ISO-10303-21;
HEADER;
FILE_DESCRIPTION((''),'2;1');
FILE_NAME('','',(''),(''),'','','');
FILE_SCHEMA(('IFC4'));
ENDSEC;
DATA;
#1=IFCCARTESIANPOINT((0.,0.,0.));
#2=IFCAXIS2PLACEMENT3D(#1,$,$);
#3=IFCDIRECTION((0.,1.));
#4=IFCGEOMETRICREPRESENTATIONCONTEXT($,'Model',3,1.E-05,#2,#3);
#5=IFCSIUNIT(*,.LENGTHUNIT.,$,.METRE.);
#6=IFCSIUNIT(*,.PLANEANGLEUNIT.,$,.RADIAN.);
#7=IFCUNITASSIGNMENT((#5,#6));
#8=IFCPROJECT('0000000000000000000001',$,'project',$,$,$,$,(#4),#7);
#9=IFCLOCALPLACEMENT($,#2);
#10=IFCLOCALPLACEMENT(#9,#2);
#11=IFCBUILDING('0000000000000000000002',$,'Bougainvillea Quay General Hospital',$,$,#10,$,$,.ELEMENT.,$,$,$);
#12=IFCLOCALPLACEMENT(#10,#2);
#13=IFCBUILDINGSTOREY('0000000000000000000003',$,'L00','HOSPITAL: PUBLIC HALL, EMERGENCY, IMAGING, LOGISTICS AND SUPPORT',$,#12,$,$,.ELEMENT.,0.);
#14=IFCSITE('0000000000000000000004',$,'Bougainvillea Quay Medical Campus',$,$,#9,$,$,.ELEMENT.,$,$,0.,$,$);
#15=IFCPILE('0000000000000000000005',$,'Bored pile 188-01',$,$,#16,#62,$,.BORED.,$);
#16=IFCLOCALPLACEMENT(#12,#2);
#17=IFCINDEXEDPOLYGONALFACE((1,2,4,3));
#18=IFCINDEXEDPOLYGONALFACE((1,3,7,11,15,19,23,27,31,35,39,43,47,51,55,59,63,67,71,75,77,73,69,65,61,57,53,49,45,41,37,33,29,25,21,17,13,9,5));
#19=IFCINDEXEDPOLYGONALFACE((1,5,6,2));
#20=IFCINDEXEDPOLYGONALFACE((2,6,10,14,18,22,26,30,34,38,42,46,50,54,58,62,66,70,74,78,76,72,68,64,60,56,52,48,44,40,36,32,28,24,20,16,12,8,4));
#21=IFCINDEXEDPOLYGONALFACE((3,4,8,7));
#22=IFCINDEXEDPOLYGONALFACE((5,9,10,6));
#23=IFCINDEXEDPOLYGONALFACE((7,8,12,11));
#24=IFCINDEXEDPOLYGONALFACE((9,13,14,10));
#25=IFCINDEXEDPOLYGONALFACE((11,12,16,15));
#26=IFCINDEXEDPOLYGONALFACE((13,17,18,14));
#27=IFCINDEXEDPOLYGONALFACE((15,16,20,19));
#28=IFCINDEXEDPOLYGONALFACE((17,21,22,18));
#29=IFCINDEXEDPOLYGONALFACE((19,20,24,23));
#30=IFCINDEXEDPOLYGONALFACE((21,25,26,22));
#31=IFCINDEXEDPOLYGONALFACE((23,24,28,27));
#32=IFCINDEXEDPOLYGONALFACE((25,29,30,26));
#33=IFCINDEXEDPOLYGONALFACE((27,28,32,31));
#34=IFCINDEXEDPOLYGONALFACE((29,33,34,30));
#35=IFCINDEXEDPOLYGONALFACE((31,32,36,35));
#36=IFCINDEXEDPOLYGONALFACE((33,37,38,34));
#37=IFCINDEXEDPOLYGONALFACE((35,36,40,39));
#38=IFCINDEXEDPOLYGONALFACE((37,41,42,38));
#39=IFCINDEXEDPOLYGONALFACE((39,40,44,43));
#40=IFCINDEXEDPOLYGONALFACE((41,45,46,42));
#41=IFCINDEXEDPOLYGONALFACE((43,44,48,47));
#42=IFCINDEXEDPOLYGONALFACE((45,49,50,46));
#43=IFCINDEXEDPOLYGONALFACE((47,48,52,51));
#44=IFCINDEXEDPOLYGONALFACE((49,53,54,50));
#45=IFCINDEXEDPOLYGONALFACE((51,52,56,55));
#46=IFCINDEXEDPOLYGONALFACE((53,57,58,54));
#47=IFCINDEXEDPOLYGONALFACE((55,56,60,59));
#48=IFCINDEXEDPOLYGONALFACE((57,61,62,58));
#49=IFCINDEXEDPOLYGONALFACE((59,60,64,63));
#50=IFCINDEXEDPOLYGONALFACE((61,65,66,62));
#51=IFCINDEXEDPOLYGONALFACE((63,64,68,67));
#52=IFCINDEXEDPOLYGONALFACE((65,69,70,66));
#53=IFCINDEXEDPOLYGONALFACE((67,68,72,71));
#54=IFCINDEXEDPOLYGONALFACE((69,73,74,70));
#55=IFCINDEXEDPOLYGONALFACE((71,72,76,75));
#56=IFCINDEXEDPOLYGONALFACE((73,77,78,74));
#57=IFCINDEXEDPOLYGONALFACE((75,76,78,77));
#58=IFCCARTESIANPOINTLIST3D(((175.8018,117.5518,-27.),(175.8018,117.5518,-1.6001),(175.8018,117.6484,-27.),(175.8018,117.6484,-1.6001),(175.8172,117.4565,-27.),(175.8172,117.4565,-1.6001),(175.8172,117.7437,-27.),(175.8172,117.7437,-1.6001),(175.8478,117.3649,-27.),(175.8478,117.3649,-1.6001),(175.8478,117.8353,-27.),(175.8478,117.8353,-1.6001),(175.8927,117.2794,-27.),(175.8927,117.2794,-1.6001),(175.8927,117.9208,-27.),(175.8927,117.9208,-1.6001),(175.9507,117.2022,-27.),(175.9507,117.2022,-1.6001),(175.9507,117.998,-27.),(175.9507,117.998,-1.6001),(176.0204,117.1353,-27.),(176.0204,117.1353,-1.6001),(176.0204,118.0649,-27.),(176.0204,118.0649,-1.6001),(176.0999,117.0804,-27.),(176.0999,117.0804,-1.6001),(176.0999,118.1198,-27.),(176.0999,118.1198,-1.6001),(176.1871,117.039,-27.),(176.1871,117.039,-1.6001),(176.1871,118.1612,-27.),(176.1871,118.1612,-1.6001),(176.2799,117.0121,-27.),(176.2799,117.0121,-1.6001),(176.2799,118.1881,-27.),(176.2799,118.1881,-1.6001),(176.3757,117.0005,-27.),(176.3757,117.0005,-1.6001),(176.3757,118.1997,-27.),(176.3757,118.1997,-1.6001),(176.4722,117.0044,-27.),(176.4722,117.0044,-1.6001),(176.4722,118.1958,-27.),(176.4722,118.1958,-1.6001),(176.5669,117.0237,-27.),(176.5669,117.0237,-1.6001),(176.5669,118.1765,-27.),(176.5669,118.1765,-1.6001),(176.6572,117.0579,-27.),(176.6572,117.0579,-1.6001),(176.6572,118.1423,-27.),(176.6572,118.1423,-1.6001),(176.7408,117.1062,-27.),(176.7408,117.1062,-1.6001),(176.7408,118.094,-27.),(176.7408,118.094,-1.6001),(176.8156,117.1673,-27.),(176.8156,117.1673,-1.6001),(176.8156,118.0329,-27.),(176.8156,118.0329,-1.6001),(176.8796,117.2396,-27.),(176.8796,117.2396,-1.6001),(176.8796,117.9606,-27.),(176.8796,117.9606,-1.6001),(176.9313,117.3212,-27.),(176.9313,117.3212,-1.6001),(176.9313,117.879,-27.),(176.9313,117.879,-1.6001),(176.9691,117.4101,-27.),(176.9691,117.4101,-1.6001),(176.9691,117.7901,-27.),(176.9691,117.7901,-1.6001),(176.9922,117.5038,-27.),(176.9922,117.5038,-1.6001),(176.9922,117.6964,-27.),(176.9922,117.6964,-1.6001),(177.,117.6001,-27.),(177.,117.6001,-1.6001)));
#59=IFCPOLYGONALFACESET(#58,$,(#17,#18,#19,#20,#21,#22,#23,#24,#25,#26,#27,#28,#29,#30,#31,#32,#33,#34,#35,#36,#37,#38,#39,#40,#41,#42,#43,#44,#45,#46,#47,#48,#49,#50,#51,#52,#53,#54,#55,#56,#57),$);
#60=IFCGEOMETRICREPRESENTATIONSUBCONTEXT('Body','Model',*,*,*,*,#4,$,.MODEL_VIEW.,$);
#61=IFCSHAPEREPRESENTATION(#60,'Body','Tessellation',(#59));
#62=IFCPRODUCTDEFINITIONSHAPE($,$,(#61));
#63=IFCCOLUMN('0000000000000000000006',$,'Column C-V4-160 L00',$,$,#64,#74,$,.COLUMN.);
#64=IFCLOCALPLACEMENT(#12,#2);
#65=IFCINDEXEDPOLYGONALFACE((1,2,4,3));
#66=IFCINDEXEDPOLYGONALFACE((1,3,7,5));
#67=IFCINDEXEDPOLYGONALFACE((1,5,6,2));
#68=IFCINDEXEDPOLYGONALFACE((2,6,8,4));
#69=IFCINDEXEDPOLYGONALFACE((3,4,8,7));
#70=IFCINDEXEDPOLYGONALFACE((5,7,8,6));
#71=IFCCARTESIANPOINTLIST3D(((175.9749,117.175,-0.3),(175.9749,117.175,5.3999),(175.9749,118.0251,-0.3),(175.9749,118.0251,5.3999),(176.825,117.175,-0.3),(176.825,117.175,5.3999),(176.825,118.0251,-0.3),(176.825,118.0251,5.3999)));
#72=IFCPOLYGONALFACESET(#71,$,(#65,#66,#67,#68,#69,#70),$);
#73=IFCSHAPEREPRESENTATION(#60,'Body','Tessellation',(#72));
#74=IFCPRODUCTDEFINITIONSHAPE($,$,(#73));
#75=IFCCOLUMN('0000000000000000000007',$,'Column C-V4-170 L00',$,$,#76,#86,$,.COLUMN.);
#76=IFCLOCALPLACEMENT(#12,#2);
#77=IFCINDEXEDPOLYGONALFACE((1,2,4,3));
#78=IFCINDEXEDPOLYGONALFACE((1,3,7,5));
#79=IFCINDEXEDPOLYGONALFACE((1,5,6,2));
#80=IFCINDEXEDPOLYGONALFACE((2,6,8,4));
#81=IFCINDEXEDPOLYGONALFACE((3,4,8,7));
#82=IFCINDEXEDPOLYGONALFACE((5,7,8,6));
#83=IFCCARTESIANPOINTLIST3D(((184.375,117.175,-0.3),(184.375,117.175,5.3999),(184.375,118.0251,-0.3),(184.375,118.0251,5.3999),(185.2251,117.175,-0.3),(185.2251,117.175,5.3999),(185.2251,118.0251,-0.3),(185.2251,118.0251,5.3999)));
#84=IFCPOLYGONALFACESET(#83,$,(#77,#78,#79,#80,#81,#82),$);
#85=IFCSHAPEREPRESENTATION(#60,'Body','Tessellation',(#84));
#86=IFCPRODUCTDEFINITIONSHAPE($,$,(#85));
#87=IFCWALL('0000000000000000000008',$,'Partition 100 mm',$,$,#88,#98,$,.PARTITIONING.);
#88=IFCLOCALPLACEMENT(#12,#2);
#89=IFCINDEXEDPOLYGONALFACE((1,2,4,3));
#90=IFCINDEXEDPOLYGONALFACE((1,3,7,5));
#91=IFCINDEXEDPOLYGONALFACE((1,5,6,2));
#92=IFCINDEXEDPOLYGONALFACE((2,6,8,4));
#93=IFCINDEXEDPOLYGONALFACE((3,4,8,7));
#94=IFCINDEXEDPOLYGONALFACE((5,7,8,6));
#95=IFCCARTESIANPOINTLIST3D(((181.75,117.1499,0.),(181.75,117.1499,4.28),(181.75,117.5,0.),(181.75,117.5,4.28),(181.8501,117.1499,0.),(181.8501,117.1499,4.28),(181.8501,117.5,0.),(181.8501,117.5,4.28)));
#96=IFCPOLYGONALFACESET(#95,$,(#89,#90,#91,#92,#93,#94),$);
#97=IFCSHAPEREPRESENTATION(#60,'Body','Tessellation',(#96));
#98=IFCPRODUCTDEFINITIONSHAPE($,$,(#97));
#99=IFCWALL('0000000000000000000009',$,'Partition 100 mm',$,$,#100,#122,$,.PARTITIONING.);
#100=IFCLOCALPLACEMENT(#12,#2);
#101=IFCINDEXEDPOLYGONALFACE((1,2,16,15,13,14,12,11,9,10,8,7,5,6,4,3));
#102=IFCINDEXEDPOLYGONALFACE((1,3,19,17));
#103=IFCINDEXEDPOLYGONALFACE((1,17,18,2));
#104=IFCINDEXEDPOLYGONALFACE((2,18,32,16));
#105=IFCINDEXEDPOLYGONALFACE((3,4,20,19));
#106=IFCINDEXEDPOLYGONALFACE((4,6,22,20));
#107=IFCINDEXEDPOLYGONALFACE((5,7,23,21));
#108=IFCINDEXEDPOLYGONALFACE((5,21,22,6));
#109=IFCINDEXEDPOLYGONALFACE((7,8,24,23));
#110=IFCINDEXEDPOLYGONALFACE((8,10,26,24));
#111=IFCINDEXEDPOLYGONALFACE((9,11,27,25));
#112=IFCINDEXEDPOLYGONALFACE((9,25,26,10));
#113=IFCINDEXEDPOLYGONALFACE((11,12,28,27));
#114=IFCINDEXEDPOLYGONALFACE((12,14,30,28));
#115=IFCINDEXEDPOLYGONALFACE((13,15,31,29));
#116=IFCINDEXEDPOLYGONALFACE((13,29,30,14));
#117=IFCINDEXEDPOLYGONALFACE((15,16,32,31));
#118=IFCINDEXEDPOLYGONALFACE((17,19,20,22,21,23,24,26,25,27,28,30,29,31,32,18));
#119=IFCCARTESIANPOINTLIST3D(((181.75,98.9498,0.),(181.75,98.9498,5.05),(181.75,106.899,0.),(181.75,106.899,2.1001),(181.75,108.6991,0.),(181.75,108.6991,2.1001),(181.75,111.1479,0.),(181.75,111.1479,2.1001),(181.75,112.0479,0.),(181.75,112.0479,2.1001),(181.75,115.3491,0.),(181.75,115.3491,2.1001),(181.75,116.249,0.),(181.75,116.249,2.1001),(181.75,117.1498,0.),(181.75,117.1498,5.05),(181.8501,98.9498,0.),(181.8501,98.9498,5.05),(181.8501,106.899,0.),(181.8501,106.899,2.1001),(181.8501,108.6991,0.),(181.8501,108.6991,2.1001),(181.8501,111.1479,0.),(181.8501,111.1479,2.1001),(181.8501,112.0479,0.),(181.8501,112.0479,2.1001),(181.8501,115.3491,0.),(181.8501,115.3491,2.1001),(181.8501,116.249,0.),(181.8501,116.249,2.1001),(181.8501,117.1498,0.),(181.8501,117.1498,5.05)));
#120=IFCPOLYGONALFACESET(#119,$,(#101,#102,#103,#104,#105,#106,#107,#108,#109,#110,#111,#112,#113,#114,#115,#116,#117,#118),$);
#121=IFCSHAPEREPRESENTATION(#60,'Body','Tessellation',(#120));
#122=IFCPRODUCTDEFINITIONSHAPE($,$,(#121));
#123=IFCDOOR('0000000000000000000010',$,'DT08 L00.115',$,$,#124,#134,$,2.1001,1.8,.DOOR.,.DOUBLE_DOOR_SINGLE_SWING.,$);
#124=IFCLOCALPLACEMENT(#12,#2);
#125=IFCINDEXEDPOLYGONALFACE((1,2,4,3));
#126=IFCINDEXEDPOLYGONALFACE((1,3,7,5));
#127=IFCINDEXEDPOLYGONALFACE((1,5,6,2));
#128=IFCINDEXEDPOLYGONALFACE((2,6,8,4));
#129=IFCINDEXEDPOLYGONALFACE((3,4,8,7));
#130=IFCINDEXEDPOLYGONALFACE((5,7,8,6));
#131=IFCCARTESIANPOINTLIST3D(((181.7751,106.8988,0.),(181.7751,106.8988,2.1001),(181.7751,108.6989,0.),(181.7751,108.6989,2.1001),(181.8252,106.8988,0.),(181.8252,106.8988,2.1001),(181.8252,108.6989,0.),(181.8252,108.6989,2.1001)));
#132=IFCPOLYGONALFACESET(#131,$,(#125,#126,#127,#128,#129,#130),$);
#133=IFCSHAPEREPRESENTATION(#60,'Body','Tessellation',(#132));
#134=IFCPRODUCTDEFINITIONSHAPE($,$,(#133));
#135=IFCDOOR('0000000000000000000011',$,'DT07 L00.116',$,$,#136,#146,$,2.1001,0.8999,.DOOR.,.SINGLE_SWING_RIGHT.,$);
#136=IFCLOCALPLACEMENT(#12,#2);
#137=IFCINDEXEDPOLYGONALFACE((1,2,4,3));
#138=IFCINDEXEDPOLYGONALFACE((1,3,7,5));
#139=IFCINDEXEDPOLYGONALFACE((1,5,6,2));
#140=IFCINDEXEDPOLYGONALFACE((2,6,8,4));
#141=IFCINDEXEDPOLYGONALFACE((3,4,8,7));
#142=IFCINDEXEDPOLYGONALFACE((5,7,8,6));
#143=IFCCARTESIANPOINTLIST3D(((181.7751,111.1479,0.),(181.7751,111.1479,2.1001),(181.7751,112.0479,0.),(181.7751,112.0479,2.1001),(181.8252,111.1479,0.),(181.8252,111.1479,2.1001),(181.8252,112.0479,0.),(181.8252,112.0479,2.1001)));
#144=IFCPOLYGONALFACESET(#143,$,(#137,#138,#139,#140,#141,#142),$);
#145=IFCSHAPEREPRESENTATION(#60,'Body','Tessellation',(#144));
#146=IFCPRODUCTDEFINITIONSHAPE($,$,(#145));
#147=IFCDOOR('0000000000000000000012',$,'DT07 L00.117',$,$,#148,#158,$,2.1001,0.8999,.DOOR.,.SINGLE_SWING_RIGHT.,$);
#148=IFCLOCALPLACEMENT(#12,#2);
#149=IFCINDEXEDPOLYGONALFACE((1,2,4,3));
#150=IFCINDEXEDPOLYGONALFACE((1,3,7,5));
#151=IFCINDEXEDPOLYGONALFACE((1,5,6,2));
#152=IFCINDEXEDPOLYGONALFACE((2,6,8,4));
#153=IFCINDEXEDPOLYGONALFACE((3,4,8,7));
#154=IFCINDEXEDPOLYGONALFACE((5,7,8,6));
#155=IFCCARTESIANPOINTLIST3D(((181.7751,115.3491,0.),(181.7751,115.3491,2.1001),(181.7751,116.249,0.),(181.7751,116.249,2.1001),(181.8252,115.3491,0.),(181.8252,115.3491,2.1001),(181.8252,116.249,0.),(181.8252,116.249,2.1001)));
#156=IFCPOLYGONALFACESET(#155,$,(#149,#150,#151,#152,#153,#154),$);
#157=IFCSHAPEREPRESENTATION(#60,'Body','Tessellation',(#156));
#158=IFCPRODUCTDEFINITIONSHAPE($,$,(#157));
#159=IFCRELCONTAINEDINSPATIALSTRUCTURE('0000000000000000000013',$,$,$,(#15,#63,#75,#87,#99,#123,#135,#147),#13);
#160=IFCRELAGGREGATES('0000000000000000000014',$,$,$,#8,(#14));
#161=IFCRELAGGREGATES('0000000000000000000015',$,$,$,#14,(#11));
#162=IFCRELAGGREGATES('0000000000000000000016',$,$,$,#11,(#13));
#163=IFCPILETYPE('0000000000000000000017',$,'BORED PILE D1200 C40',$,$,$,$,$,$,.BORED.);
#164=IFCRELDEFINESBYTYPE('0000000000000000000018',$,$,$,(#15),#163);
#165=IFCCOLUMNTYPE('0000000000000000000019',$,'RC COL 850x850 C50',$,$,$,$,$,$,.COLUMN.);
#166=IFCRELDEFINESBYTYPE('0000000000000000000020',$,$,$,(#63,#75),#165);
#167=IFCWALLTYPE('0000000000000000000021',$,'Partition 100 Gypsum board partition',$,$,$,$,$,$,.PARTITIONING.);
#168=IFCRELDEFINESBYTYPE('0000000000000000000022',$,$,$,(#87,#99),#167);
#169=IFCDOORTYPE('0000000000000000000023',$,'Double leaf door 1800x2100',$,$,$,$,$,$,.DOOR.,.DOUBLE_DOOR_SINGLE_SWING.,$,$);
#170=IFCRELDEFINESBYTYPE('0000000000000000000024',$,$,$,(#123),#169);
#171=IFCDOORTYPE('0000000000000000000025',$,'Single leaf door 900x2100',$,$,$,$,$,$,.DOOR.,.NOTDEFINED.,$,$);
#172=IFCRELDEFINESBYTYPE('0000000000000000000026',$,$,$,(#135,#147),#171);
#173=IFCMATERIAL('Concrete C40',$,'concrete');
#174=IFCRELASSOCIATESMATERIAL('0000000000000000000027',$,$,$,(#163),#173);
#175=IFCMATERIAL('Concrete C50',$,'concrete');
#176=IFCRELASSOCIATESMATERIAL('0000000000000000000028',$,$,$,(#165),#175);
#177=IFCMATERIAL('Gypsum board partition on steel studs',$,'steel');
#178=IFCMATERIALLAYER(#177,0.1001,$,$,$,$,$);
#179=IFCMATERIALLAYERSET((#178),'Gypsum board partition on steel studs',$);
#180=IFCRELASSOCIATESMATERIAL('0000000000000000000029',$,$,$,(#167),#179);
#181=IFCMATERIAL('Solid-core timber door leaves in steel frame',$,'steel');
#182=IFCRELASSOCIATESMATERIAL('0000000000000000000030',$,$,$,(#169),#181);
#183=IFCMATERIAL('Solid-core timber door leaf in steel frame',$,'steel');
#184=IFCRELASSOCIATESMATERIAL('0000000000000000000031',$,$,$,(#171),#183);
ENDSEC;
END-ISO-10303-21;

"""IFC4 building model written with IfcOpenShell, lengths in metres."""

from ifc_helpers import new_model, si_unit, direction, frame, frame_2d, origin, origin_2d, place, context, subcontext, project, spatial, rectangle, circle, extrude, material, layer, layer_set, material_profile, profile_set, type_object, element, fill, save


model = new_model("IFC4")

# Units and contexts
model_context = context("Model", 3, precision=1e-05, world=origin(), true_north=direction((0.0, 1.0)))
body_context = subcontext(model_context, "Body", "Model", "MODEL_VIEW")
ifc_project = project(units=[si_unit("LENGTHUNIT", "METRE"), si_unit("PLANEANGLEUNIT", "RADIAN")], contexts=[model_context])

# Site, building, storey
site_placement = place(None, origin())
site = spatial("IfcSite", under=ifc_project, at=site_placement, Name="Bougainvillea Quay Medical Campus", CompositionType="ELEMENT", RefElevation=0.0)
building_placement = place(site_placement, origin())
building = spatial("IfcBuilding", under=site, at=building_placement, Name="Bougainvillea Quay General Hospital", CompositionType="ELEMENT")
storey_placement = place(building_placement, origin())
storey = spatial("IfcBuildingStorey", under=building, at=storey_placement, Name="L00", Description="HOSPITAL: PUBLIC HALL, EMERGENCY, IMAGING, LOGISTICS AND SUPPORT", CompositionType="ELEMENT", Elevation=0.0)

# Pile
ifc_material_1 = material(Name="Concrete C40", Category="concrete")
ifc_material_profile_1 = material_profile(ifc_material_1, circle(Radius=0.6001, at=origin_2d()))
ifc_profile_set_1 = profile_set([ifc_material_profile_1], Name="Concrete C40")
pile_type = type_object("IfcPileType", Name="BORED PILE D1200 C40", PredefinedType="BORED", material=ifc_profile_set_1)
pile_placement = place(storey_placement, frame((176.3999, 117.6001, -1.6001), z_axis=(0.0, 0.0, -1.0), x_axis=(1.0, 0.0, 0.0)))
element("IfcPile", 1, at=pile_placement, inside=storey, type_object=pile_type, Name="Bored pile 188-01", PredefinedType="BORED", context=body_context, shape_type="SweptSolid", body=[
    extrude(circle(Radius=0.6001, at=origin_2d()), origin(), (0.0, 0.0, 1.0), 25.3999),
])

# Columns
ifc_material_2 = material(Name="Concrete C50", Category="concrete")
ifc_material_profile_2 = material_profile(ifc_material_2, rectangle(XDim=0.8501, YDim=0.8501, at=origin_2d()))
ifc_profile_set_2 = profile_set([ifc_material_profile_2], Name="Concrete C50")
column_type = type_object("IfcColumnType", Name="RC COL 850x850 C50", PredefinedType="COLUMN", material=ifc_profile_set_2)
for number, where, z_axis, x_axis, name in (
    (2, (176.3999, 117.6001, -0.3), (0.0, 0.0, 1.0), (1.0, 0.0, 0.0), "Column C-V4-160 L00"),
    (3, (184.8, 117.6001, -0.3), (0.0, 0.0, 1.0), (1.0, 0.0, 0.0), "Column C-V4-170 L00"),
):
    element("IfcColumn", number, at=place(storey_placement, frame(where, z_axis=z_axis, x_axis=x_axis)), inside=storey, type_object=column_type, Name=name, PredefinedType="COLUMN", context=body_context, shape_type="SweptSolid", body=[
        extrude(rectangle(XDim=0.8501, YDim=0.8501, at=origin_2d()), origin(), (0.0, 0.0, 1.0), 5.7),
    ])

# Wall
ifc_material_3 = material(Name="Gypsum board partition on steel studs", Category="steel")
ifc_layer_1 = layer(ifc_material_3, 0.1001)
ifc_layer_set_1 = layer_set([ifc_layer_1], Name="Gypsum board partition on steel studs")
wall_type_1 = type_object("IfcWallType", Name="Partition 100 Gypsum board partition", PredefinedType="PARTITIONING", material=ifc_layer_set_1)
wall_1_placement = place(storey_placement, frame((181.8, 117.5, 0.0), z_axis=(0.0, 0.0, 1.0), x_axis=(0.0, -1.0, 0.0)))
element("IfcWall", 4, at=wall_1_placement, inside=storey, type_object=wall_type_1, Name="Partition 100 mm", PredefinedType="PARTITIONING", context=body_context, shape_type="SweptSolid", body=[
    extrude(rectangle(XDim=0.3501, YDim=0.1001, at=frame_2d((0.175, 0.0))), origin(), (0.0, 0.0, 1.0), 4.28),
])

# Wall, openings, doors
wall_2_placement = place(storey_placement, frame((181.8, 117.1499, 0.0), z_axis=(0.0, 0.0, 1.0), x_axis=(0.0, -1.0, 0.0)))
wall_2 = element("IfcWall", 5, at=wall_2_placement, inside=storey, type_object=wall_type_1, Name="Partition 100 mm", PredefinedType="PARTITIONING", context=body_context, shape_type="SweptSolid", body=[
    extrude(rectangle(XDim=18.2, YDim=0.1001, at=frame_2d((9.1001, 0.0))), origin(), (0.0, 0.0, 1.0), 5.05),
])
opening_1_placement = place(wall_2_placement, frame((8.4509, 0.0, 0.0)))
opening_1 = element("IfcOpeningElement", 6, at=opening_1_placement, cuts=wall_2, PredefinedType="OPENING", context=body_context, shape_type="SweptSolid", body=[
    extrude(rectangle(XDim=1.8, YDim=2.1001, at=frame_2d((0.8999, 1.05))), frame((0.0, 0.0601, 0.0), z_axis=(0.0, -1.0, 0.0), x_axis=(1.0, 0.0, 0.0)), (0.0, 0.0, 1.0), 0.1201),
])
opening_2_placement = place(wall_2_placement, frame((5.1021, 0.0, 0.0)))
opening_2 = element("IfcOpeningElement", 7, at=opening_2_placement, cuts=wall_2, PredefinedType="OPENING", context=body_context, shape_type="SweptSolid", body=[
    extrude(rectangle(XDim=0.8999, YDim=2.1001, at=frame_2d((0.45, 1.05))), frame((0.0, 0.0601, 0.0), z_axis=(0.0, -1.0, 0.0), x_axis=(1.0, 0.0, 0.0)), (0.0, 0.0, 1.0), 0.1201),
])
opening_3_placement = place(wall_2_placement, frame((0.9009, 0.0, 0.0)))
opening_3 = element("IfcOpeningElement", 8, at=opening_3_placement, cuts=wall_2, PredefinedType="OPENING", context=body_context, shape_type="SweptSolid", body=[
    extrude(rectangle(XDim=0.8999, YDim=2.1001, at=frame_2d((0.45, 1.05))), frame((0.0, 0.0601, 0.0), z_axis=(0.0, -1.0, 0.0), x_axis=(1.0, 0.0, 0.0)), (0.0, 0.0, 1.0), 0.1201),
])
ifc_material_4 = material(Name="Solid-core timber door leaves in steel frame", Category="steel")
door_type_1 = type_object("IfcDoorType", Name="Double leaf door 1800x2100", OperationType="DOUBLE_DOOR_SINGLE_SWING", PredefinedType="DOOR", material=ifc_material_4)
door_1_placement = place(opening_1_placement, frame((1.8, 0.0, 0.0), z_axis=(0.0, 0.0, 1.0), x_axis=(-1.0, 0.0, 0.0)))
door_1 = element("IfcDoor", 9, at=door_1_placement, inside=storey, type_object=door_type_1, Name="DT08 L00.115", OperationType="DOUBLE_DOOR_SINGLE_SWING", OverallHeight=2.1001, OverallWidth=1.8, PredefinedType="DOOR", context=body_context, shape_type="SweptSolid", body=[
    extrude(rectangle(XDim=1.8, YDim=2.1001, at=frame_2d((0.8999, 1.05))), frame((0.0, 0.0249, 0.0), z_axis=(0.0, -1.0, 0.0), x_axis=(1.0, 0.0, 0.0)), (0.0, 0.0, 1.0), 0.05),
])
fill(opening_1, door_1)
ifc_material_5 = material(Name="Solid-core timber door leaf in steel frame", Category="steel")
door_type_2 = type_object("IfcDoorType", Name="Single leaf door 900x2100", OperationType="NOTDEFINED", PredefinedType="DOOR", material=ifc_material_5)
door_2_placement = place(opening_2_placement, frame((0.8999, 0.0, 0.0), z_axis=(0.0, 0.0, 1.0), x_axis=(-1.0, 0.0, 0.0)))
door_2 = element("IfcDoor", 10, at=door_2_placement, inside=storey, type_object=door_type_2, Name="DT07 L00.116", OperationType="SINGLE_SWING_RIGHT", OverallHeight=2.1001, OverallWidth=0.8999, PredefinedType="DOOR", context=body_context, shape_type="SweptSolid", body=[
    extrude(rectangle(XDim=0.8999, YDim=2.1001, at=frame_2d((0.45, 1.05))), frame((0.0, 0.0249, 0.0), z_axis=(0.0, -1.0, 0.0), x_axis=(1.0, 0.0, 0.0)), (0.0, 0.0, 1.0), 0.05),
])
fill(opening_2, door_2)
door_3_placement = place(opening_3_placement, frame((0.8999, 0.0, 0.0), z_axis=(0.0, 0.0, 1.0), x_axis=(-1.0, 0.0, 0.0)))
door_3 = element("IfcDoor", 11, at=door_3_placement, inside=storey, type_object=door_type_2, Name="DT07 L00.117", OperationType="SINGLE_SWING_RIGHT", OverallHeight=2.1001, OverallWidth=0.8999, PredefinedType="DOOR", context=body_context, shape_type="SweptSolid", body=[
    extrude(rectangle(XDim=0.8999, YDim=2.1001, at=frame_2d((0.45, 1.05))), frame((0.0, 0.0249, 0.0), z_axis=(0.0, -1.0, 0.0), x_axis=(1.0, 0.0, 0.0)), (0.0, 0.0, 1.0), 0.05),
])
fill(opening_3, door_3)

save(model, "model.ifc")
